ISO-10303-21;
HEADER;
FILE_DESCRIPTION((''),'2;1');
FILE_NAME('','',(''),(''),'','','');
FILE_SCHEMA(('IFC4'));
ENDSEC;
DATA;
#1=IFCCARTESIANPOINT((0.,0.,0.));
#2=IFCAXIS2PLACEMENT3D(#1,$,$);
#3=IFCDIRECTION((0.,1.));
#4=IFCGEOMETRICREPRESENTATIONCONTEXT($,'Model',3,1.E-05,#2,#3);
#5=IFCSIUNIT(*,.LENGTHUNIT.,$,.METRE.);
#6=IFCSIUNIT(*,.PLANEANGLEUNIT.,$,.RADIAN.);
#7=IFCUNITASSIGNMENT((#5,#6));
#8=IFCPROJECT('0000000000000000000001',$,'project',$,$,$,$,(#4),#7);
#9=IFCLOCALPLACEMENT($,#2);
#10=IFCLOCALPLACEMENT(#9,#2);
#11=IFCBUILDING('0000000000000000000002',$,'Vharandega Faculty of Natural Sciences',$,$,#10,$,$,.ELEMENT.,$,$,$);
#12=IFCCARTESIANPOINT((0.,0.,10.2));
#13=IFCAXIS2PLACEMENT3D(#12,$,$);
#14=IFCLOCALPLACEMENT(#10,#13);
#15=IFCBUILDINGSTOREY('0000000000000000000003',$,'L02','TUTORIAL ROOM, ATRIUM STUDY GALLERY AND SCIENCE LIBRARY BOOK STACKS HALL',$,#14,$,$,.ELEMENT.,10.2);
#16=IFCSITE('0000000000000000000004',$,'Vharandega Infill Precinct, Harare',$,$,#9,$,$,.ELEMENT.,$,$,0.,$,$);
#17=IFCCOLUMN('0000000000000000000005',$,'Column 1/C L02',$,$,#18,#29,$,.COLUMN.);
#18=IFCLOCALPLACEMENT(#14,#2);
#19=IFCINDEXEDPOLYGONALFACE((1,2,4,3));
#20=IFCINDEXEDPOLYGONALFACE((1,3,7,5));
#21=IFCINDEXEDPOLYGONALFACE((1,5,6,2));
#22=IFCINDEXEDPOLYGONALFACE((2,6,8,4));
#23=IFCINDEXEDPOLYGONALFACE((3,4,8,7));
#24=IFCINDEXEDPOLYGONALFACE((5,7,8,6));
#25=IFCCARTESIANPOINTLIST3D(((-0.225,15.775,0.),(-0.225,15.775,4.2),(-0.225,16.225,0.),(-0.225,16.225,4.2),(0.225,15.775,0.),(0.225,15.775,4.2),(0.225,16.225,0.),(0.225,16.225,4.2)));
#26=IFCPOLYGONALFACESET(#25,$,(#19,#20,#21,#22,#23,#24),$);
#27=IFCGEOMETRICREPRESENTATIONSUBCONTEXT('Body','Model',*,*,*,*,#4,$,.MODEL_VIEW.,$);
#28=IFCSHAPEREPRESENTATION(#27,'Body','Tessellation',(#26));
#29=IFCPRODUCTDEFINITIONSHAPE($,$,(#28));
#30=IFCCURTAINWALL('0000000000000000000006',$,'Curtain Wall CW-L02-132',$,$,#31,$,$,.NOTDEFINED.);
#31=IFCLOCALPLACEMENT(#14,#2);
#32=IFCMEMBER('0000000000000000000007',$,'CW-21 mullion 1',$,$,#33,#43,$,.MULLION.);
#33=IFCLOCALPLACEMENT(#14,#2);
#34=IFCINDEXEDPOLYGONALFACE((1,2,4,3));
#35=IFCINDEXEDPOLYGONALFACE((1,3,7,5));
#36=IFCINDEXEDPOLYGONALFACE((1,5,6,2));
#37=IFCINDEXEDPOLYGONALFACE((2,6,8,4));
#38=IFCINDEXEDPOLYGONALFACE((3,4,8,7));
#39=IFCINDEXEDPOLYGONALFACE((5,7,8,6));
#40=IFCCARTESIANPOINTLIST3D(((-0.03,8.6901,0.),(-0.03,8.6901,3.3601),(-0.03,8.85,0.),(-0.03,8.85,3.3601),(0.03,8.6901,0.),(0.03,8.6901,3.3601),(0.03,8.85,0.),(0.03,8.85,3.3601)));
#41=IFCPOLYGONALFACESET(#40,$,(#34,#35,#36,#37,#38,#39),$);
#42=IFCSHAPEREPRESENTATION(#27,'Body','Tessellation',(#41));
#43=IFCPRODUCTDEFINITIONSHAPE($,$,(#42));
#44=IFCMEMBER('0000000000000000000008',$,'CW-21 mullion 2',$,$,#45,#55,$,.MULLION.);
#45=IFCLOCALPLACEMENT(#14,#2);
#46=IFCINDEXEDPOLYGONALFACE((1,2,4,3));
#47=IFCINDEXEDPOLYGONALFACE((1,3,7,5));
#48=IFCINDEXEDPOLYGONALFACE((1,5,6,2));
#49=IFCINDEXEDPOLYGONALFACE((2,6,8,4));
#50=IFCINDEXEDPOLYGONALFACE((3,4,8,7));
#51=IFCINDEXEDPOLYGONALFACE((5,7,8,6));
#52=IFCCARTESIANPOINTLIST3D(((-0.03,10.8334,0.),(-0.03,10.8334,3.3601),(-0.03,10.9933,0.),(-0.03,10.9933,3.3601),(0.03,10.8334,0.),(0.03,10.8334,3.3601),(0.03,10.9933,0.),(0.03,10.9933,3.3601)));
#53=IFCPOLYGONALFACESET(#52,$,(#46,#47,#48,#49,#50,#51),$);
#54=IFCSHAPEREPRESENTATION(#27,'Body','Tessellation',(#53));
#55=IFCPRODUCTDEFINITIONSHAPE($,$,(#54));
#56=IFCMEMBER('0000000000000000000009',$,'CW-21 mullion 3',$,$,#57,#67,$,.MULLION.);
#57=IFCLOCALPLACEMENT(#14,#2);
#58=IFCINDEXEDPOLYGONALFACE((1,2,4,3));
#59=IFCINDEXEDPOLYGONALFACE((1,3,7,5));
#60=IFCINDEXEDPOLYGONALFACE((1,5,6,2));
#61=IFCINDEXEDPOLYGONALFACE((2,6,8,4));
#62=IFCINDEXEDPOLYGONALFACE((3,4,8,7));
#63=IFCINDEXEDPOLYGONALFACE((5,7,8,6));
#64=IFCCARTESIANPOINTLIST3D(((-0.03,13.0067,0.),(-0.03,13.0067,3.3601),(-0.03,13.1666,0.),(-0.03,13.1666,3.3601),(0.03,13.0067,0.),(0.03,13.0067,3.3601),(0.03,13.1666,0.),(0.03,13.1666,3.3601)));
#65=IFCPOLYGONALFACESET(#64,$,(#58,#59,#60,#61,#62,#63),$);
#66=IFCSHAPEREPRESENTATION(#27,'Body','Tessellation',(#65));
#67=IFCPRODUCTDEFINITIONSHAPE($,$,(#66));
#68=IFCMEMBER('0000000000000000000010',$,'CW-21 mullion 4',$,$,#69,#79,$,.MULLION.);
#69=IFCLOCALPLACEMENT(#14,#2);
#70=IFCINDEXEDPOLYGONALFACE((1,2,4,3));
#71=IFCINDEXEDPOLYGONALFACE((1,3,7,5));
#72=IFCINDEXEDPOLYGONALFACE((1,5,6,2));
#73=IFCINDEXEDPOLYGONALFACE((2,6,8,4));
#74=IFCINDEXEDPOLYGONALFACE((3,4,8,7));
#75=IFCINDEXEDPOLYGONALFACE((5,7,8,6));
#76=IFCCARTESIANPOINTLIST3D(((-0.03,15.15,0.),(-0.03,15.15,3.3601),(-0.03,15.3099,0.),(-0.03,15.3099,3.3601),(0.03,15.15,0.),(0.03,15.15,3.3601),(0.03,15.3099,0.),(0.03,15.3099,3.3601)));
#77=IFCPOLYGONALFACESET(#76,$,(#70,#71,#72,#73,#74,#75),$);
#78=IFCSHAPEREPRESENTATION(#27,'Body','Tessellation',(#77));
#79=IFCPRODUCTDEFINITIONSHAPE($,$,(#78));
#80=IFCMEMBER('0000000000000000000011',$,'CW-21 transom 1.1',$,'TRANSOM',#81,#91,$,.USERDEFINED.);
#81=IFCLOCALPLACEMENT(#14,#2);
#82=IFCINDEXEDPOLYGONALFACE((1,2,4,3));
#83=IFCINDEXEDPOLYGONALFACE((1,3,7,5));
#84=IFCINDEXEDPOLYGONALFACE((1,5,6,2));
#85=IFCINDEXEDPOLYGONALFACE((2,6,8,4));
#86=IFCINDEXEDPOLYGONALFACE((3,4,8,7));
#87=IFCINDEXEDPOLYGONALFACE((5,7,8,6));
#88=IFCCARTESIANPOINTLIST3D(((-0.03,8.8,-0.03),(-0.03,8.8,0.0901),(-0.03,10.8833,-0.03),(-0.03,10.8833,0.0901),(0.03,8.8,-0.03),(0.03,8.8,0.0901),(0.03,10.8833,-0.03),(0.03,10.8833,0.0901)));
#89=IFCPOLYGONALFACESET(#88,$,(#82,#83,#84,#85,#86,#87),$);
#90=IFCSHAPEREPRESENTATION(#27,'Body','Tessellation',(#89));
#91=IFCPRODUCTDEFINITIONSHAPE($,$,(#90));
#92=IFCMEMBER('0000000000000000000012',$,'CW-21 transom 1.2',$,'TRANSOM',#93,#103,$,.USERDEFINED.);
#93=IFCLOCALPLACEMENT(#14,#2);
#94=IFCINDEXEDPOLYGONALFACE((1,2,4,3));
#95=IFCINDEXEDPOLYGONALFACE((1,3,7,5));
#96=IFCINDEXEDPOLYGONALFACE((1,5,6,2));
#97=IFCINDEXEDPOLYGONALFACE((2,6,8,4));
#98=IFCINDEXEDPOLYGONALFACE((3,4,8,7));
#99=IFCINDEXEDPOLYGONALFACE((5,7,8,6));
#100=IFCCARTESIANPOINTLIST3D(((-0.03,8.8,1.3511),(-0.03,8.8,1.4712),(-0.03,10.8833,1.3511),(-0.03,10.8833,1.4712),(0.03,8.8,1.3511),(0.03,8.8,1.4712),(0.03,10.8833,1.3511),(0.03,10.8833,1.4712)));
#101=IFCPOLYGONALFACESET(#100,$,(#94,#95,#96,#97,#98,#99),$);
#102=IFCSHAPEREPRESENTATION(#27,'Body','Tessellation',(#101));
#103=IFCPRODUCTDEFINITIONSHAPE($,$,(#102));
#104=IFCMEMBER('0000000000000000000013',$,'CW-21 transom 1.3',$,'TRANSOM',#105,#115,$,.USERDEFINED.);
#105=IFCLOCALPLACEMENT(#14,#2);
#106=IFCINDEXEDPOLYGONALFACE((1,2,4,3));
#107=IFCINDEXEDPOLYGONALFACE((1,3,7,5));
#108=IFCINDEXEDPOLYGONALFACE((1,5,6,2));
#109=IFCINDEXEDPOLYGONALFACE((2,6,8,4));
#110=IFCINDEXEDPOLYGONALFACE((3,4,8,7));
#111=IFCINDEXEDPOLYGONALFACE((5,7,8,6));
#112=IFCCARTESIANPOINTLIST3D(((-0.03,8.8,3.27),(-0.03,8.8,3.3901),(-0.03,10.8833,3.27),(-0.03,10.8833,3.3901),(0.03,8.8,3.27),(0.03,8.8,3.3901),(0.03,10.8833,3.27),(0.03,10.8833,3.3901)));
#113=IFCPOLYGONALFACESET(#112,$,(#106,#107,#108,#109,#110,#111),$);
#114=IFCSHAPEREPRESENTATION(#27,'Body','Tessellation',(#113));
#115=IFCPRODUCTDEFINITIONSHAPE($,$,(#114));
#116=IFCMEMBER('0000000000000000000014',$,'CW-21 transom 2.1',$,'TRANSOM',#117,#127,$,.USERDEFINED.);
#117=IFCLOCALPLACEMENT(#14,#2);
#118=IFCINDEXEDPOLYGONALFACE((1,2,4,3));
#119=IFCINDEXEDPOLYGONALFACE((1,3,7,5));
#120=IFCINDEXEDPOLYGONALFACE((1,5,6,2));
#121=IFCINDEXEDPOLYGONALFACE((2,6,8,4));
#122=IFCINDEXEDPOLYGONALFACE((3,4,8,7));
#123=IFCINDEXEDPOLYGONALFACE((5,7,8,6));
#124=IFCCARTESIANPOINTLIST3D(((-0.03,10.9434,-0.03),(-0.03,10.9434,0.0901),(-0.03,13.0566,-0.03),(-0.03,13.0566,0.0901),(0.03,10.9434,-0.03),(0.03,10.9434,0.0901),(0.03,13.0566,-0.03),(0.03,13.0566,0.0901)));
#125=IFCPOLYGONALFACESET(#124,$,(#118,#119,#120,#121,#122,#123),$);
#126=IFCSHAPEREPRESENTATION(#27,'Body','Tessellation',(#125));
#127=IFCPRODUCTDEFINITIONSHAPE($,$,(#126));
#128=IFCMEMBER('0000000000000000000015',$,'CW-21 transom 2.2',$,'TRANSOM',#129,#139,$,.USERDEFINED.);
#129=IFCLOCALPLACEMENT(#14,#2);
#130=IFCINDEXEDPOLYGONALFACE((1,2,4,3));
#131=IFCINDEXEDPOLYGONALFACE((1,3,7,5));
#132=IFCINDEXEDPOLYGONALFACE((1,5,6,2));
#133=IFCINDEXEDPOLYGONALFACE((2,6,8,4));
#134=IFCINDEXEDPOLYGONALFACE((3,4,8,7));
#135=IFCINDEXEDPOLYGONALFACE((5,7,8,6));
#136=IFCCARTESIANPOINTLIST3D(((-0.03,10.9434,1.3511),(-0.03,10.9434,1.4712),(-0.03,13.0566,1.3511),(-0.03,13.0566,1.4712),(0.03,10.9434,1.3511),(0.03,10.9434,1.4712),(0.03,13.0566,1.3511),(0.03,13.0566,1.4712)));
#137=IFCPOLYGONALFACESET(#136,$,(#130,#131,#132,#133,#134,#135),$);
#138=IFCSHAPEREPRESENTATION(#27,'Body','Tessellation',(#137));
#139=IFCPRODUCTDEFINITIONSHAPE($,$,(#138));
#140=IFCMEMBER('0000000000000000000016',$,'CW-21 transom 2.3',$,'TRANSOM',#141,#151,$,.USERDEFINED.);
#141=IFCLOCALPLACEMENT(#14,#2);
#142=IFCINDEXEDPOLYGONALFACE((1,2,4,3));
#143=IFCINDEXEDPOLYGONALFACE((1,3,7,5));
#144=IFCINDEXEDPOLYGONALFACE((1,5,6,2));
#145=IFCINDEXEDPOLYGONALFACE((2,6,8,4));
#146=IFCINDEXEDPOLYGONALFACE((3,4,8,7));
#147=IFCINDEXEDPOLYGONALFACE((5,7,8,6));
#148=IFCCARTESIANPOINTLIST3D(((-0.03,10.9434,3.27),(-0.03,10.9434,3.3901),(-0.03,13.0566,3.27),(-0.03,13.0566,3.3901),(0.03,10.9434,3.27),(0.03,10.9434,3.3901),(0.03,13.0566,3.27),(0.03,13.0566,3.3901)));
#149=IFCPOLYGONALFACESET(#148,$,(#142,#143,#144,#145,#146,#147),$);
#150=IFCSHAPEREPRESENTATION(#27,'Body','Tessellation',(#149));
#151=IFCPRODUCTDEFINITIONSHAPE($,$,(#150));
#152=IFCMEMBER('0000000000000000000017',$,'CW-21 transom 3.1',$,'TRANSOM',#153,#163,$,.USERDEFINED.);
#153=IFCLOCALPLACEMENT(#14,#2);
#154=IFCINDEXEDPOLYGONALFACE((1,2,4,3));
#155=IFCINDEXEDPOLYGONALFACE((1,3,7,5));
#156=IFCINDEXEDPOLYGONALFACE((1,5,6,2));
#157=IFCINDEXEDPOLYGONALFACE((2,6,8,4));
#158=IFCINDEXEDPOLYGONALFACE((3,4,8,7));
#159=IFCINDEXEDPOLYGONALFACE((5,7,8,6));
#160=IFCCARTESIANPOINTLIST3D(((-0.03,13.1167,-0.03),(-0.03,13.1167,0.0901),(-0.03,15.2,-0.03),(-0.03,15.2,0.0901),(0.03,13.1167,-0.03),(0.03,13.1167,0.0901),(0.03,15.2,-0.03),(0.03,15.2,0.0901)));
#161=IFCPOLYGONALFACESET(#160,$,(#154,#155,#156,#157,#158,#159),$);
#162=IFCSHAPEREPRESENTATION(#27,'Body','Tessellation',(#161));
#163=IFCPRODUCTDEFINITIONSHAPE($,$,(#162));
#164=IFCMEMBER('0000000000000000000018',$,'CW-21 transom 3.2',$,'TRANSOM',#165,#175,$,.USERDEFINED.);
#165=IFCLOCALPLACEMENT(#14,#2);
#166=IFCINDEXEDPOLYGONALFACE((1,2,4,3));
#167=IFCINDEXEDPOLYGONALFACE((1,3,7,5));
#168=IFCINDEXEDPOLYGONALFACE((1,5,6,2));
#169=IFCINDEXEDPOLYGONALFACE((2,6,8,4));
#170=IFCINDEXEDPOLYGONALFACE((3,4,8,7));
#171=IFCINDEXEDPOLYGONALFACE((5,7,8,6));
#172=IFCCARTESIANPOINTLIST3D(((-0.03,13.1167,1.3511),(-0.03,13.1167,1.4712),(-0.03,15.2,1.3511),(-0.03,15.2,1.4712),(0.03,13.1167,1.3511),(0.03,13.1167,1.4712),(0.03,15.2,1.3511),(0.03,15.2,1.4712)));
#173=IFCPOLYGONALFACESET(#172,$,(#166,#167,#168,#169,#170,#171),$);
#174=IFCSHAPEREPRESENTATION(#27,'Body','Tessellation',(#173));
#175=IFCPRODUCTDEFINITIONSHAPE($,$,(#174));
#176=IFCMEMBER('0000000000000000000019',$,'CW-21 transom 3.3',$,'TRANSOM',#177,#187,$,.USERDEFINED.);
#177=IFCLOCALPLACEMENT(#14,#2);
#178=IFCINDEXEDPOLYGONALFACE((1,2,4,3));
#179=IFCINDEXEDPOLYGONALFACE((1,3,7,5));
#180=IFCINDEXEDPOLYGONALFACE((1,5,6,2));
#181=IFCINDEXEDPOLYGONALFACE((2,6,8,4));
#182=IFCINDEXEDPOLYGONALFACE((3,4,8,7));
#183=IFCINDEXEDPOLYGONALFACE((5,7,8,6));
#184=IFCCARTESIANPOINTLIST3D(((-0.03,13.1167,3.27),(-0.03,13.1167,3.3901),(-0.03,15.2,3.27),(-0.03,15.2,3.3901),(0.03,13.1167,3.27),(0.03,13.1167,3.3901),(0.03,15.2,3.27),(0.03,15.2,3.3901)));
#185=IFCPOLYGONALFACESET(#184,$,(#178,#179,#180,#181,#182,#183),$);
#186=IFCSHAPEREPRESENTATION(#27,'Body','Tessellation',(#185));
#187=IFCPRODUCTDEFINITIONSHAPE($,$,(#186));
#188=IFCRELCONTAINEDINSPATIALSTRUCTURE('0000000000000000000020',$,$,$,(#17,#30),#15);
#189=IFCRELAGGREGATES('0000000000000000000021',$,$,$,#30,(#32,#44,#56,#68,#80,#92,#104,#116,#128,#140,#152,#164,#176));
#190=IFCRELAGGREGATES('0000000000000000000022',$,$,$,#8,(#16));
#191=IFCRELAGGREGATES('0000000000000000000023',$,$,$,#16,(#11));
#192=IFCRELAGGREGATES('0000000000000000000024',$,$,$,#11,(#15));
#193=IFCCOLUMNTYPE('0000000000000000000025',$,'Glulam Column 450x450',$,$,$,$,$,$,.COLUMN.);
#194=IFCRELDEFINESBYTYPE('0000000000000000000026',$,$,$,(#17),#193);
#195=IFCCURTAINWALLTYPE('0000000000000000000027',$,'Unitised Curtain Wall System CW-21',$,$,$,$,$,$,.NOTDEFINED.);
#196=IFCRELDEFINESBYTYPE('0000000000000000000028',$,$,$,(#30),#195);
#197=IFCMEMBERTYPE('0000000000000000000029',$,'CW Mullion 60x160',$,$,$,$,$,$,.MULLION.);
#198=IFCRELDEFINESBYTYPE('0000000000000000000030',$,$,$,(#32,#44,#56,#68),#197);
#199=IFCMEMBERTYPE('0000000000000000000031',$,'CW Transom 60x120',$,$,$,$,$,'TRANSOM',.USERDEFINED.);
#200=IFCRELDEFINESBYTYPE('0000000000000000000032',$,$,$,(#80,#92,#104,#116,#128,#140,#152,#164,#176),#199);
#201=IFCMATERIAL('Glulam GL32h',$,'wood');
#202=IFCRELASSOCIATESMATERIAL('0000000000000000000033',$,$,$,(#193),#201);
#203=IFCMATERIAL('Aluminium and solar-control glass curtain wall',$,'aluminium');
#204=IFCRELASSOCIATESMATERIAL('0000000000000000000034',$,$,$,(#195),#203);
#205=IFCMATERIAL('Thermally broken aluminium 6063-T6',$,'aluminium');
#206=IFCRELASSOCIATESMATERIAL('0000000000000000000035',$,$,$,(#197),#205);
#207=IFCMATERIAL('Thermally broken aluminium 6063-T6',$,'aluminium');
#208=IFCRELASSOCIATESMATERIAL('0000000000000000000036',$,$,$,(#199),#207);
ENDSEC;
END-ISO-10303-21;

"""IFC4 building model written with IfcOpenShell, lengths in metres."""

from ifc_helpers import new_model, si_unit, direction, frame, origin, origin_2d, place, context, subcontext, project, spatial, rectangle, extrude, material, material_profile, profile_set, type_object, element, aggregate, save


model = new_model("IFC4")

# Units and contexts
model_context = context("Model", 3, precision=1e-05, world=origin(), true_north=direction((0.0, 1.0)))
body_context = subcontext(model_context, "Body", "Model", "MODEL_VIEW")
ifc_project = project(units=[si_unit("LENGTHUNIT", "METRE"), si_unit("PLANEANGLEUNIT", "RADIAN")], contexts=[model_context])

# Site, building, storey
site_placement = place(None, origin())
site = spatial("IfcSite", under=ifc_project, at=site_placement, Name="Vharandega Infill Precinct, Harare", CompositionType="ELEMENT", RefElevation=0.0)
building_placement = place(site_placement, origin())
building = spatial("IfcBuilding", under=site, at=building_placement, Name="Vharandega Faculty of Natural Sciences", CompositionType="ELEMENT")
storey_placement = place(building_placement, frame((0.0, 0.0, 10.2)))
storey = spatial("IfcBuildingStorey", under=building, at=storey_placement, Name="L02", Description="TUTORIAL ROOM, ATRIUM STUDY GALLERY AND SCIENCE LIBRARY BOOK STACKS HALL", CompositionType="ELEMENT", Elevation=10.2)

# Column
ifc_material_1 = material(Name="Glulam GL32h", Category="wood")
ifc_material_profile_1 = material_profile(ifc_material_1, rectangle(XDim=0.45, YDim=0.45, at=origin_2d()), Name="GL32h 450x450")
ifc_profile_set_1 = profile_set([ifc_material_profile_1], Name="Glulam GL32h")
column_type = type_object("IfcColumnType", Name="Glulam Column 450x450", PredefinedType="COLUMN", material=ifc_profile_set_1)
column_placement = place(storey_placement, frame((0.0, 16.0, 0.0), z_axis=(0.0, 0.0, 1.0), x_axis=(1.0, 0.0, 0.0)))
element("IfcColumn", 1, at=column_placement, inside=storey, type_object=column_type, Name="Column 1/C L02", PredefinedType="COLUMN", context=body_context, shape_type="SweptSolid", body=[
    extrude(rectangle(XDim=0.45, YDim=0.45, at=origin_2d()), origin(), (0.0, 0.0, 1.0), 4.2),
])

# Curtain wall, members
ifc_material_2 = material(Name="Aluminium and solar-control glass curtain wall", Category="aluminium")
curtain_wall_type = type_object("IfcCurtainWallType", Name="Unitised Curtain Wall System CW-21", PredefinedType="NOTDEFINED", material=ifc_material_2)
curtain_wall_placement = place(storey_placement, origin())
curtain_wall = element("IfcCurtainWall", 2, at=curtain_wall_placement, inside=storey, type_object=curtain_wall_type, Name="Curtain Wall CW-L02-132", PredefinedType="NOTDEFINED")
ifc_material_3 = material(Name="Thermally broken aluminium 6063-T6", Category="aluminium")
ifc_material_profile_2 = material_profile(ifc_material_3, rectangle(XDim=0.0601, YDim=0.1599, at=origin_2d()), Name="ALU 60x160")
ifc_profile_set_2 = profile_set([ifc_material_profile_2], Name="Thermally broken aluminium 6063-T6")
member_type_1 = type_object("IfcMemberType", Name="CW Mullion 60x160", PredefinedType="MULLION", material=ifc_profile_set_2)
member_1_placement = place(storey_placement, frame((0.0, 8.77, 0.0), z_axis=(0.0, 0.0, 1.0), x_axis=(-1.0, 0.0, 0.0)))
member_1 = element("IfcMember", 3, at=member_1_placement, type_object=member_type_1, Name="CW-21 mullion 1", PredefinedType="MULLION", context=body_context, shape_type="SweptSolid", body=[
    extrude(rectangle(XDim=0.0601, YDim=0.1599, at=origin_2d()), origin(), (0.0, 0.0, 1.0), 3.3601),
])
member_2_placement = place(storey_placement, frame((0.0, 10.9133, 0.0), z_axis=(0.0, 0.0, 1.0), x_axis=(-1.0, 0.0, 0.0)))
member_2 = element("IfcMember", 4, at=member_2_placement, type_object=member_type_1, Name="CW-21 mullion 2", PredefinedType="MULLION", context=body_context, shape_type="SweptSolid", body=[
    extrude(rectangle(XDim=0.0601, YDim=0.1599, at=origin_2d()), origin(), (0.0, 0.0, 1.0), 3.3601),
])
member_3_placement = place(storey_placement, frame((0.0, 13.0867, 0.0), z_axis=(0.0, 0.0, 1.0), x_axis=(-1.0, 0.0, 0.0)))
member_3 = element("IfcMember", 5, at=member_3_placement, type_object=member_type_1, Name="CW-21 mullion 3", PredefinedType="MULLION", context=body_context, shape_type="SweptSolid", body=[
    extrude(rectangle(XDim=0.0601, YDim=0.1599, at=origin_2d()), origin(), (0.0, 0.0, 1.0), 3.3601),
])
member_4_placement = place(storey_placement, frame((0.0, 15.23, 0.0), z_axis=(0.0, 0.0, 1.0), x_axis=(-1.0, 0.0, 0.0)))
member_4 = element("IfcMember", 6, at=member_4_placement, type_object=member_type_1, Name="CW-21 mullion 4", PredefinedType="MULLION", context=body_context, shape_type="SweptSolid", body=[
    extrude(rectangle(XDim=0.0601, YDim=0.1599, at=origin_2d()), origin(), (0.0, 0.0, 1.0), 3.3601),
])
ifc_material_4 = material(Name="Thermally broken aluminium 6063-T6", Category="aluminium")
ifc_material_profile_3 = material_profile(ifc_material_4, rectangle(XDim=0.0601, YDim=0.1201, at=origin_2d()), Name="ALU 60x120")
ifc_profile_set_3 = profile_set([ifc_material_profile_3], Name="Thermally broken aluminium 6063-T6")
member_type_2 = type_object("IfcMemberType", Name="CW Transom 60x120", ElementType="TRANSOM", PredefinedType="USERDEFINED", material=ifc_profile_set_3)
member_5_placement = place(storey_placement, frame((0.0, 8.8, 0.03), z_axis=(0.0, 1.0, 0.0), x_axis=(-1.0, 0.0, 0.0)))
member_5 = element("IfcMember", 7, at=member_5_placement, type_object=member_type_2, Name="CW-21 transom 1.1", ObjectType="TRANSOM", PredefinedType="USERDEFINED", context=body_context, shape_type="SweptSolid", body=[
    extrude(rectangle(XDim=0.0601, YDim=0.1201, at=origin_2d()), origin(), (0.0, 0.0, 1.0), 2.0833),
])
member_6_placement = place(storey_placement, frame((0.0, 8.8, 1.4111), z_axis=(0.0, 1.0, 0.0), x_axis=(-1.0, 0.0, 0.0)))
member_6 = element("IfcMember", 8, at=member_6_placement, type_object=member_type_2, Name="CW-21 transom 1.2", ObjectType="TRANSOM", PredefinedType="USERDEFINED", context=body_context, shape_type="SweptSolid", body=[
    extrude(rectangle(XDim=0.0601, YDim=0.1201, at=origin_2d()), origin(), (0.0, 0.0, 1.0), 2.0833),
])
member_7_placement = place(storey_placement, frame((0.0, 8.8, 3.3301), z_axis=(0.0, 1.0, 0.0), x_axis=(-1.0, 0.0, 0.0)))
member_7 = element("IfcMember", 9, at=member_7_placement, type_object=member_type_2, Name="CW-21 transom 1.3", ObjectType="TRANSOM", PredefinedType="USERDEFINED", context=body_context, shape_type="SweptSolid", body=[
    extrude(rectangle(XDim=0.0601, YDim=0.1201, at=origin_2d()), origin(), (0.0, 0.0, 1.0), 2.0833),
])
member_8_placement = place(storey_placement, frame((0.0, 10.9434, 0.03), z_axis=(0.0, 1.0, 0.0), x_axis=(-1.0, 0.0, 0.0)))
member_8 = element("IfcMember", 10, at=member_8_placement, type_object=member_type_2, Name="CW-21 transom 2.1", ObjectType="TRANSOM", PredefinedType="USERDEFINED", context=body_context, shape_type="SweptSolid", body=[
    extrude(rectangle(XDim=0.0601, YDim=0.1201, at=origin_2d()), origin(), (0.0, 0.0, 1.0), 2.1133),
])
member_9_placement = place(storey_placement, frame((0.0, 10.9434, 1.4111), z_axis=(0.0, 1.0, 0.0), x_axis=(-1.0, 0.0, 0.0)))
member_9 = element("IfcMember", 11, at=member_9_placement, type_object=member_type_2, Name="CW-21 transom 2.2", ObjectType="TRANSOM", PredefinedType="USERDEFINED", context=body_context, shape_type="SweptSolid", body=[
    extrude(rectangle(XDim=0.0601, YDim=0.1201, at=origin_2d()), origin(), (0.0, 0.0, 1.0), 2.1133),
])
member_10_placement = place(storey_placement, frame((0.0, 10.9434, 3.3301), z_axis=(0.0, 1.0, 0.0), x_axis=(-1.0, 0.0, 0.0)))
member_10 = element("IfcMember", 12, at=member_10_placement, type_object=member_type_2, Name="CW-21 transom 2.3", ObjectType="TRANSOM", PredefinedType="USERDEFINED", context=body_context, shape_type="SweptSolid", body=[
    extrude(rectangle(XDim=0.0601, YDim=0.1201, at=origin_2d()), origin(), (0.0, 0.0, 1.0), 2.1133),
])
member_11_placement = place(storey_placement, frame((0.0, 13.1167, 0.03), z_axis=(0.0, 1.0, 0.0), x_axis=(-1.0, 0.0, 0.0)))
member_11 = element("IfcMember", 13, at=member_11_placement, type_object=member_type_2, Name="CW-21 transom 3.1", ObjectType="TRANSOM", PredefinedType="USERDEFINED", context=body_context, shape_type="SweptSolid", body=[
    extrude(rectangle(XDim=0.0601, YDim=0.1201, at=origin_2d()), origin(), (0.0, 0.0, 1.0), 2.0833),
])
member_12_placement = place(storey_placement, frame((0.0, 13.1167, 1.4111), z_axis=(0.0, 1.0, 0.0), x_axis=(-1.0, 0.0, 0.0)))
member_12 = element("IfcMember", 14, at=member_12_placement, type_object=member_type_2, Name="CW-21 transom 3.2", ObjectType="TRANSOM", PredefinedType="USERDEFINED", context=body_context, shape_type="SweptSolid", body=[
    extrude(rectangle(XDim=0.0601, YDim=0.1201, at=origin_2d()), origin(), (0.0, 0.0, 1.0), 2.0833),
])
member_13_placement = place(storey_placement, frame((0.0, 13.1167, 3.3301), z_axis=(0.0, 1.0, 0.0), x_axis=(-1.0, 0.0, 0.0)))
member_13 = element("IfcMember", 15, at=member_13_placement, type_object=member_type_2, Name="CW-21 transom 3.3", ObjectType="TRANSOM", PredefinedType="USERDEFINED", context=body_context, shape_type="SweptSolid", body=[
    extrude(rectangle(XDim=0.0601, YDim=0.1201, at=origin_2d()), origin(), (0.0, 0.0, 1.0), 2.0833),
])

aggregate(curtain_wall, [member_1, member_2, member_3, member_4, member_5, member_6, member_7, member_8, member_9, member_10, member_11, member_12, member_13])

save(model, "model.ifc")
